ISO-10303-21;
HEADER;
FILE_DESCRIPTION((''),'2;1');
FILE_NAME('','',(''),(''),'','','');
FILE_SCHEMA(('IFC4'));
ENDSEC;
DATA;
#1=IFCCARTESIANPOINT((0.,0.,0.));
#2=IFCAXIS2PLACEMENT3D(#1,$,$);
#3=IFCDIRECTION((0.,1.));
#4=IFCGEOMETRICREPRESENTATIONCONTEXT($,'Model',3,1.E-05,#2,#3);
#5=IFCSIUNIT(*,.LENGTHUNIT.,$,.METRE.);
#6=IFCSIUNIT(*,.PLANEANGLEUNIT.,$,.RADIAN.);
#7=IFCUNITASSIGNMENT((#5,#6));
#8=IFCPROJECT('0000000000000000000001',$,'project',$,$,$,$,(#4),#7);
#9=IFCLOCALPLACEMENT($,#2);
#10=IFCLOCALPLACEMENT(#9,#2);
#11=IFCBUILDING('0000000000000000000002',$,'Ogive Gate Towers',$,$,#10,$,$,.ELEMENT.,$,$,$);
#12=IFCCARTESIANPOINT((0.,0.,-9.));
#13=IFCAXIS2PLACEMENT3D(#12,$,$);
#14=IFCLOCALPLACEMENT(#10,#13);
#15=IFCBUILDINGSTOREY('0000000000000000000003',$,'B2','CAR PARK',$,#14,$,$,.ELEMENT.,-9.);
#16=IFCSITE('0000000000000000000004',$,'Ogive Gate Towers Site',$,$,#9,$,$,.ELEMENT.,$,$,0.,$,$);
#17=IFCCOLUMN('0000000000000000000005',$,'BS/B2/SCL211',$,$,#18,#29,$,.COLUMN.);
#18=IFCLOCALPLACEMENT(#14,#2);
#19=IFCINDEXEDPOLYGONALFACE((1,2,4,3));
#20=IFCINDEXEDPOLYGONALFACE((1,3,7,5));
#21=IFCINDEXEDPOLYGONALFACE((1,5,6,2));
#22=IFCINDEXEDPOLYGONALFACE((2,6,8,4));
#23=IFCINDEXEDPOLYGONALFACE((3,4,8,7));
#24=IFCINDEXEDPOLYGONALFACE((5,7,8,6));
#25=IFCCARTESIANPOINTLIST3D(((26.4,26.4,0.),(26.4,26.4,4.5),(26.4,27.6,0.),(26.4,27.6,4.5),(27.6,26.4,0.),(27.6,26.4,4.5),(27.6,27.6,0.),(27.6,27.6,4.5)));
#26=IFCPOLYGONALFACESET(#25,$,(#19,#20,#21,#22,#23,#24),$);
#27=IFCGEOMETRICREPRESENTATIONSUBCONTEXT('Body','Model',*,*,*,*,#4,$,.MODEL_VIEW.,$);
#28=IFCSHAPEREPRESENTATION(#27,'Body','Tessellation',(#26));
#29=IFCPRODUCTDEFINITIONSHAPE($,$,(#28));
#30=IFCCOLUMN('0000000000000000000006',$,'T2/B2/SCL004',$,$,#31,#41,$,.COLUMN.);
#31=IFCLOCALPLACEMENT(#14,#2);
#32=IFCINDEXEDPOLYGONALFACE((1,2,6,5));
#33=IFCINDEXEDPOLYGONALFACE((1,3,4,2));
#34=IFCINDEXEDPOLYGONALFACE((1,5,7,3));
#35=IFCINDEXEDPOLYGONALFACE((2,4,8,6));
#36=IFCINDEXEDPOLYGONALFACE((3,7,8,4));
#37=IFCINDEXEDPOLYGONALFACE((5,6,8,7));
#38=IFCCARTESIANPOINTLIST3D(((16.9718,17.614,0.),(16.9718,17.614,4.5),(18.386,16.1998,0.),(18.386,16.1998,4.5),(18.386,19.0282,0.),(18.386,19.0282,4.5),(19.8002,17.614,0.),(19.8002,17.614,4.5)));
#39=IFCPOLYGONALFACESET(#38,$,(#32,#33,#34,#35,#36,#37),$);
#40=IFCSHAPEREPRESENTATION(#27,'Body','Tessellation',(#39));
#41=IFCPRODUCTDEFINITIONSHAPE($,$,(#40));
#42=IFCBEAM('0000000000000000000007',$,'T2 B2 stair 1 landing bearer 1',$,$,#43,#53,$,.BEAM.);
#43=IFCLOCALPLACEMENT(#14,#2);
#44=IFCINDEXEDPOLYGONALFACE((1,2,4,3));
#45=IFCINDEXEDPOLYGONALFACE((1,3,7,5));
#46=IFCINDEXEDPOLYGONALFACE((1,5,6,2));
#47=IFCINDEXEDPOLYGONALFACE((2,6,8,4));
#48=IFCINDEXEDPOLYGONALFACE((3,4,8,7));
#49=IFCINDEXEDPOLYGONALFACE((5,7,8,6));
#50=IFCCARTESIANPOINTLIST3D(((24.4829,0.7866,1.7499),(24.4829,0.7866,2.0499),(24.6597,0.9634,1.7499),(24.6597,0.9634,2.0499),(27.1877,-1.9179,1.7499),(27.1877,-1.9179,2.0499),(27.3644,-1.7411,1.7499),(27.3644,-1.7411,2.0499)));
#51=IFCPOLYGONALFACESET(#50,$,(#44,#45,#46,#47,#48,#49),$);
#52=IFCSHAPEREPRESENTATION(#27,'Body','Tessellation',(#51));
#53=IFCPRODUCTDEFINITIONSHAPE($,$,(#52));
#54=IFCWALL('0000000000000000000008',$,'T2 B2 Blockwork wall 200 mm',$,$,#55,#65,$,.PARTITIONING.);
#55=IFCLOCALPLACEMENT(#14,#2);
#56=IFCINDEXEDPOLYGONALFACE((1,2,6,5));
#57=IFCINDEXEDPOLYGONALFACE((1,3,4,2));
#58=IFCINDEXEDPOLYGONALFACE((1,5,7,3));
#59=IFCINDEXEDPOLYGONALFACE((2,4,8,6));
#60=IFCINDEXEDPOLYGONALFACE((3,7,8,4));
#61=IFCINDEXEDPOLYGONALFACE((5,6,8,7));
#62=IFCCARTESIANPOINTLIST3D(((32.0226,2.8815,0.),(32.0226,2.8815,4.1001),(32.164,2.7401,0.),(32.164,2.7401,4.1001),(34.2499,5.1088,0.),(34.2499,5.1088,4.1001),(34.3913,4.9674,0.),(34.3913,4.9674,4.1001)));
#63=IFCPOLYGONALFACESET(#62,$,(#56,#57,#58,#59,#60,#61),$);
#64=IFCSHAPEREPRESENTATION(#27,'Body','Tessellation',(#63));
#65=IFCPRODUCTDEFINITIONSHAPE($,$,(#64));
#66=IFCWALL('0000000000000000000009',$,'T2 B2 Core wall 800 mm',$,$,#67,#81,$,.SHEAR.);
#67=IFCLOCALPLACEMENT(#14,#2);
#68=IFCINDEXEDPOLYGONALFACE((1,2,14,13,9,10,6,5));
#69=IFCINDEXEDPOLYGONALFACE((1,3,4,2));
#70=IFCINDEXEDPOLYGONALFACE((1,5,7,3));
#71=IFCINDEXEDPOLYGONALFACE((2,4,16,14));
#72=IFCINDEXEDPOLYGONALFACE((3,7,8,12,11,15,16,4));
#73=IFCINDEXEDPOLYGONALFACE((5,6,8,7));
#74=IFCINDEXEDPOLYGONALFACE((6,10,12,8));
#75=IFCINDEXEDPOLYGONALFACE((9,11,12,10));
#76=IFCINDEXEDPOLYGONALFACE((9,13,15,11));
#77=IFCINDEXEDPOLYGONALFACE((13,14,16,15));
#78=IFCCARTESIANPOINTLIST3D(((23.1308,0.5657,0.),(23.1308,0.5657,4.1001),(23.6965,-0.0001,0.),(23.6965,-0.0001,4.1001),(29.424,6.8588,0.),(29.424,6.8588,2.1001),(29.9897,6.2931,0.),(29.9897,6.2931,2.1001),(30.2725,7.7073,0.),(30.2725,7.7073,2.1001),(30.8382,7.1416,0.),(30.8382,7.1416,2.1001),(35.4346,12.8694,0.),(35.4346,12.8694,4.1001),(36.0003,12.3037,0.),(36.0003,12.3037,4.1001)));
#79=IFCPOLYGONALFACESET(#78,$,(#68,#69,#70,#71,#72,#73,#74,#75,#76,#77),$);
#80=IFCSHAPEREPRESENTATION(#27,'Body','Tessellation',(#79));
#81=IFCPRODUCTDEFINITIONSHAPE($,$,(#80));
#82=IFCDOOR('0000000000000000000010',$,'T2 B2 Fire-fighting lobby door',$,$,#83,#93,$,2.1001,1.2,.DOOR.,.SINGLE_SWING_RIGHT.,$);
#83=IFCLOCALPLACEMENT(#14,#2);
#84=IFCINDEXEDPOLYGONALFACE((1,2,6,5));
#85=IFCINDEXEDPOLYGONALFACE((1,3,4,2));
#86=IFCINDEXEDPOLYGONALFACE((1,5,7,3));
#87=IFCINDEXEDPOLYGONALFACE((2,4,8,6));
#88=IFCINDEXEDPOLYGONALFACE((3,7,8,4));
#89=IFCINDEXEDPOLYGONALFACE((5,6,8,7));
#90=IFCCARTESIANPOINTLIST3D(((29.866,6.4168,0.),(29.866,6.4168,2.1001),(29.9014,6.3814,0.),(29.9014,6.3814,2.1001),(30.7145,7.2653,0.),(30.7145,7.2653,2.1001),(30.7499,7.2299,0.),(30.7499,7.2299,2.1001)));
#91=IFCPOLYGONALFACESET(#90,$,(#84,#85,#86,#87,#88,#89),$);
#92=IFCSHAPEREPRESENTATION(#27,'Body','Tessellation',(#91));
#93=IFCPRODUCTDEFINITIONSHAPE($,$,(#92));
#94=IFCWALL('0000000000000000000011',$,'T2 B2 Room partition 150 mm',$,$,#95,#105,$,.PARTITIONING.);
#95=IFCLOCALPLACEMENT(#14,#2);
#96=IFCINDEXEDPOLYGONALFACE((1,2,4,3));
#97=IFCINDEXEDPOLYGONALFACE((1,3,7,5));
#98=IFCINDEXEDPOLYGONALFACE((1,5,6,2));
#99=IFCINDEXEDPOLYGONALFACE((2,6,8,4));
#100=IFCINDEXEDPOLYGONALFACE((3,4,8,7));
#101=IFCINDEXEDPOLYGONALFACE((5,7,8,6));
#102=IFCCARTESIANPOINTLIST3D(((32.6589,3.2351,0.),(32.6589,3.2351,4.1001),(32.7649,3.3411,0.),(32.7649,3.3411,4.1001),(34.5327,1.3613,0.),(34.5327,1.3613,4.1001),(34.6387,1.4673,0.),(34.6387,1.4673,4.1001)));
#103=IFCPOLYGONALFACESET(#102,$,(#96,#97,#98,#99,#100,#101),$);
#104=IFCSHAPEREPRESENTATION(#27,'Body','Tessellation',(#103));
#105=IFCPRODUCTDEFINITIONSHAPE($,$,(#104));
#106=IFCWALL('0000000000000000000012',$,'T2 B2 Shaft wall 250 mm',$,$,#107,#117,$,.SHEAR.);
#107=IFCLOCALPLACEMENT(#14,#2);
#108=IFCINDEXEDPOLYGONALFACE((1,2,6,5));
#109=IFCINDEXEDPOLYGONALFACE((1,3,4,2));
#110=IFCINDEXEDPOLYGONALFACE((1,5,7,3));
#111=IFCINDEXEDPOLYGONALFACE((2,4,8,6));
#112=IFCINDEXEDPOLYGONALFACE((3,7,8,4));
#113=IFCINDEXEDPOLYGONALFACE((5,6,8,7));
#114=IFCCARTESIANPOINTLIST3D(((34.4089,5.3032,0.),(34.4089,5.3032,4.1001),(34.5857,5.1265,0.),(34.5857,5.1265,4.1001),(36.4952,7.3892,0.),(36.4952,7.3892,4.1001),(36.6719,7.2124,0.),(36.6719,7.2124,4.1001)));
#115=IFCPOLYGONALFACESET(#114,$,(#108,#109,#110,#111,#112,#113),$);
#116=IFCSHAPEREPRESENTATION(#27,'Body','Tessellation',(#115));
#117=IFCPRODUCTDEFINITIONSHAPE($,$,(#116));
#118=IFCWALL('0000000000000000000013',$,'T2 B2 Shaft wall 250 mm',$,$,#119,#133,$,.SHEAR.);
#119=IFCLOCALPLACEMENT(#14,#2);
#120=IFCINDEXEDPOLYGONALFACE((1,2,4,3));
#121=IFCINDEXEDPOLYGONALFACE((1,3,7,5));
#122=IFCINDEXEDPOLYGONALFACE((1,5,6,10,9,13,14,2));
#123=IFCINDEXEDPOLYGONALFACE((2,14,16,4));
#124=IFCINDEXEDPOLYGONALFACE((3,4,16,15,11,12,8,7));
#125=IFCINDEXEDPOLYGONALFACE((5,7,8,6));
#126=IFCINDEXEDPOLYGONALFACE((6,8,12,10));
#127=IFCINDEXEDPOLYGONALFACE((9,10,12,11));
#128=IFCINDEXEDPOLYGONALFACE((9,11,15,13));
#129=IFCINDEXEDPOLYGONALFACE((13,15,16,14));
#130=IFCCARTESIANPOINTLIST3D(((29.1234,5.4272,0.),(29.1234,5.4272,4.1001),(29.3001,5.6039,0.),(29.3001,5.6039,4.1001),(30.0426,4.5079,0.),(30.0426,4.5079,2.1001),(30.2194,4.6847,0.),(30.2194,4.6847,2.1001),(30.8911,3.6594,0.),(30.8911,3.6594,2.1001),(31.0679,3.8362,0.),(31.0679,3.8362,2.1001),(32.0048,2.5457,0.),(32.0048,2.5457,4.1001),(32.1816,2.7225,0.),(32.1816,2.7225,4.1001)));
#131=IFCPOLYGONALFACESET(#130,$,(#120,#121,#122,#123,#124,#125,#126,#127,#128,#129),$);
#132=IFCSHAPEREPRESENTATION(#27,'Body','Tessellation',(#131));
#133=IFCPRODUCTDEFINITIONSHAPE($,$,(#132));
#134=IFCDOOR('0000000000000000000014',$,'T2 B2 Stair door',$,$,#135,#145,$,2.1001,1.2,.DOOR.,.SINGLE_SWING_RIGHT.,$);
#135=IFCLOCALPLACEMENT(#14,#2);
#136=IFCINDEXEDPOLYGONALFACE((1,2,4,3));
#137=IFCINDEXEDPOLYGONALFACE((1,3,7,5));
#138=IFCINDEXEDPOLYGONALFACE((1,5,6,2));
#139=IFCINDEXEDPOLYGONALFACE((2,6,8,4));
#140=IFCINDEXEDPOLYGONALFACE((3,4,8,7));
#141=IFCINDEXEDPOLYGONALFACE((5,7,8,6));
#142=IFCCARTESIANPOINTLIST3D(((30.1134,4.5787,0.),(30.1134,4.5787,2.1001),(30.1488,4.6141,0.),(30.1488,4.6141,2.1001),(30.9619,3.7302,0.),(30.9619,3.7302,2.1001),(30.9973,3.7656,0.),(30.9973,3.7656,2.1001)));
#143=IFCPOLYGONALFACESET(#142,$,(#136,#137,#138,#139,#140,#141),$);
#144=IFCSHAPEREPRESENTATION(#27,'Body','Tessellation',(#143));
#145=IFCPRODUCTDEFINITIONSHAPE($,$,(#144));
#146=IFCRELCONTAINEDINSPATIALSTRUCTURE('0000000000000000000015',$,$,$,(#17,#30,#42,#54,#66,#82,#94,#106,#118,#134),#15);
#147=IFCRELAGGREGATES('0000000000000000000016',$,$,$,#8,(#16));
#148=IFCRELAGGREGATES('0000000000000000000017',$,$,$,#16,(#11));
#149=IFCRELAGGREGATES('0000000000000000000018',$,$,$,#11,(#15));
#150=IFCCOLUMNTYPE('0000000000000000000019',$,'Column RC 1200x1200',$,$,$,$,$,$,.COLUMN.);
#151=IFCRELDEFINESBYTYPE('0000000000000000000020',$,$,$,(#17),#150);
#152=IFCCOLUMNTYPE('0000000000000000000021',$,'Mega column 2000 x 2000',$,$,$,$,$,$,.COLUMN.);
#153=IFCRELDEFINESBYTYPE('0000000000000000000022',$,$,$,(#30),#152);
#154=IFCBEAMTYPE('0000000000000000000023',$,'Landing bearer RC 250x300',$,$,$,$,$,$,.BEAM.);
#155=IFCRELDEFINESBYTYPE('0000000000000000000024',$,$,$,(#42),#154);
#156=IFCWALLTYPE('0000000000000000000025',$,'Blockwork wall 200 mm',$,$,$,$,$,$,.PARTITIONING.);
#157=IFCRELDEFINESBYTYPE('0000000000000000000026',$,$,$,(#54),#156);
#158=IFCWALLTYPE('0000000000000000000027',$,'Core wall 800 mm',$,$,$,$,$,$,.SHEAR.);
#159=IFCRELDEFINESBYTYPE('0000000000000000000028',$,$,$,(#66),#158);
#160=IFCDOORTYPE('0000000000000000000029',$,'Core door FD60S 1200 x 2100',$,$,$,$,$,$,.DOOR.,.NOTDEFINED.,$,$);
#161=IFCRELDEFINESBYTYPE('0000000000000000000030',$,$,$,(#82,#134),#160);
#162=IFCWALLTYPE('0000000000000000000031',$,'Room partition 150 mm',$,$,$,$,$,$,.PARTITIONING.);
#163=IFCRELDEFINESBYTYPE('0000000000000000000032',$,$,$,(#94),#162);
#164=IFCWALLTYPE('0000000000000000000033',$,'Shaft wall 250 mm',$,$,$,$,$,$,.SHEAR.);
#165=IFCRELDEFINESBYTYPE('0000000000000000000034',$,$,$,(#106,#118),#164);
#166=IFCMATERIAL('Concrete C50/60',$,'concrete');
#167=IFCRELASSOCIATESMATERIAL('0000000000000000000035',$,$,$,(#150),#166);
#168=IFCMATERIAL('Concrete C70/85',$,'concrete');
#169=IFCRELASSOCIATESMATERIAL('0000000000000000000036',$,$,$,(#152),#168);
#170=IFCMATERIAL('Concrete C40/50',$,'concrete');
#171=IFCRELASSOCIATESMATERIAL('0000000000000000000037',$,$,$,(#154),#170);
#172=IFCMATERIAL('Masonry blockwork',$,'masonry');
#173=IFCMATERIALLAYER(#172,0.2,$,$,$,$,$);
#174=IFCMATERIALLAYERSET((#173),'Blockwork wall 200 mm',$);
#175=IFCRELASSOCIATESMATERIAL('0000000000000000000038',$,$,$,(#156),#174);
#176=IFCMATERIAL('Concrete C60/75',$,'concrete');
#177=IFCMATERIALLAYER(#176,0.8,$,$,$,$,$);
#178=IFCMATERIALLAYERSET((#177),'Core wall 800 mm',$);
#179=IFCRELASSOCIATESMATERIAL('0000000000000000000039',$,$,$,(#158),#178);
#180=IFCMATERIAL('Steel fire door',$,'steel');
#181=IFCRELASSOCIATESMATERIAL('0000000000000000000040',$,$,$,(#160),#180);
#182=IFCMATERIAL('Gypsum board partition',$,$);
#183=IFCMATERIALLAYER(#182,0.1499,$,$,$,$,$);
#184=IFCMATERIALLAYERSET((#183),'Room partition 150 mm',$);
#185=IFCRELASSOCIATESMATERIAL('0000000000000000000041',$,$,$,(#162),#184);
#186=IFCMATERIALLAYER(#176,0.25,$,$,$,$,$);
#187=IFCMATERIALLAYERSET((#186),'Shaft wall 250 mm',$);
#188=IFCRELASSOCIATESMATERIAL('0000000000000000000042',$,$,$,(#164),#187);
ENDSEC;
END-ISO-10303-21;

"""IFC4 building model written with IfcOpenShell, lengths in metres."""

from ifc_helpers import new_model, si_unit, direction, frame, frame_2d, origin, origin_2d, place, context, subcontext, project, spatial, rectangle, extrude, material, layer, layer_set, material_profile, profile_set, type_object, element, fill, save


model = new_model("IFC4")

# Units and contexts
model_context = context("Model", 3, precision=1e-05, world=origin(), true_north=direction((0.0, 1.0)))
body_context = subcontext(model_context, "Body", "Model", "MODEL_VIEW")
ifc_project = project(units=[si_unit("LENGTHUNIT", "METRE"), si_unit("PLANEANGLEUNIT", "RADIAN")], contexts=[model_context])

# Site, building, storey
site_placement = place(None, origin())
site = spatial("IfcSite", under=ifc_project, at=site_placement, Name="Ogive Gate Towers Site", CompositionType="ELEMENT", RefElevation=0.0)
building_placement = place(site_placement, origin())
building = spatial("IfcBuilding", under=site, at=building_placement, Name="Ogive Gate Towers", CompositionType="ELEMENT")
storey_placement = place(building_placement, frame((0.0, 0.0, -9.0)))
storey = spatial("IfcBuildingStorey", under=building, at=storey_placement, Name="B2", Description="CAR PARK", CompositionType="ELEMENT", Elevation=-9.0)

# Shared definitions
ifc_material_1 = material(Name="Concrete C40/50", Category="concrete")

# Columns
ifc_material_2 = material(Name="Concrete C50/60", Category="concrete")
ifc_material_profile_1 = material_profile(ifc_material_2, rectangle(XDim=1.2, YDim=1.2, at=origin_2d()), Name="RC 1200x1200")
ifc_profile_set_1 = profile_set([ifc_material_profile_1], Name="Concrete C50/60")
column_type_1 = type_object("IfcColumnType", Name="Column RC 1200x1200", PredefinedType="COLUMN", material=ifc_profile_set_1)
for number, where, z_axis, x_axis, name in (
    (1, (27.0, 27.0, 0.0), (0.0, 0.0, 1.0), (1.0, 0.0, 0.0), "BS/B2/SCL211"),
):
    element("IfcColumn", number, at=place(storey_placement, frame(where, z_axis=z_axis, x_axis=x_axis)), inside=storey, type_object=column_type_1, Name=name, PredefinedType="COLUMN", context=body_context, shape_type="SweptSolid", body=[
        extrude(rectangle(XDim=1.2, YDim=1.2, at=origin_2d()), origin(), (0.0, 0.0, 1.0), 4.5),
    ])
ifc_material_3 = material(Name="Concrete C70/85", Category="concrete")
ifc_material_profile_2 = material_profile(ifc_material_3, rectangle(XDim=2.0, YDim=2.0, at=origin_2d()), Name="RC 2000x2000")
ifc_profile_set_2 = profile_set([ifc_material_profile_2], Name="Concrete C70/85")
column_type_2 = type_object("IfcColumnType", Name="Mega column 2000 x 2000", PredefinedType="COLUMN", material=ifc_profile_set_2)
column_placement = place(storey_placement, frame((18.386, 17.614, 0.0), z_axis=(0.0, 0.0, 1.0), x_axis=(-0.707107, 0.707107, 0.0)))
element("IfcColumn", 2, at=column_placement, inside=storey, type_object=column_type_2, Name="T2/B2/SCL004", PredefinedType="COLUMN", context=body_context, shape_type="SweptSolid", body=[
    extrude(rectangle(XDim=2.0, YDim=2.0, at=origin_2d()), origin(), (0.0, 0.0, 1.0), 4.5),
])

# Beam
ifc_material_profile_3 = material_profile(ifc_material_1, rectangle(XDim=0.25, YDim=0.3, at=origin_2d()), Name="RC 250x300")
ifc_profile_set_3 = profile_set([ifc_material_profile_3], Name="Concrete C40/50")
beam_type = type_object("IfcBeamType", Name="Landing bearer RC 250x300", PredefinedType="BEAM", material=ifc_profile_set_3)
beam_placement = place(storey_placement, frame((24.5713, 0.875, 1.8999), z_axis=(0.707139, -0.707075, 0.0), x_axis=(0.707075, 0.707139, 0.0)))
element("IfcBeam", 3, at=beam_placement, inside=storey, type_object=beam_type, Name="T2 B2 stair 1 landing bearer 1", PredefinedType="BEAM", context=body_context, shape_type="SweptSolid", body=[
    extrude(rectangle(XDim=0.25, YDim=0.3, at=origin_2d()), origin(), (0.0, 0.0, 1.0), 3.825),
])

# Wall
ifc_material_4 = material(Name="Masonry blockwork", Category="masonry")
ifc_layer_1 = layer(ifc_material_4, 0.2)
ifc_layer_set_1 = layer_set([ifc_layer_1], Name="Blockwork wall 200 mm")
wall_type_1 = type_object("IfcWallType", Name="Blockwork wall 200 mm", PredefinedType="PARTITIONING", material=ifc_layer_set_1)
wall_1_placement = place(storey_placement, frame((32.0933, 2.8108, 0.0), z_axis=(0.0, 0.0, 1.0), x_axis=(0.707107, 0.707107, 0.0)))
element("IfcWall", 4, at=wall_1_placement, inside=storey, type_object=wall_type_1, Name="T2 B2 Blockwork wall 200 mm", PredefinedType="PARTITIONING", context=body_context, shape_type="SweptSolid", body=[
    extrude(rectangle(XDim=3.1499, YDim=0.2, at=frame_2d((1.575, 0.0))), origin(), (0.0, 0.0, 1.0), 4.1001),
])

# Wall, opening, door
ifc_material_5 = material(Name="Concrete C60/75", Category="concrete")
ifc_layer_2 = layer(ifc_material_5, 0.8)
ifc_layer_set_2 = layer_set([ifc_layer_2], Name="Core wall 800 mm")
wall_type_2 = type_object("IfcWallType", Name="Core wall 800 mm", PredefinedType="SHEAR", material=ifc_layer_set_2)
wall_2_placement = place(storey_placement, frame((23.4136, 0.2827, 0.0), z_axis=(0.0, 0.0, 1.0), x_axis=(0.707107, 0.707107, 0.0)))
wall_2 = element("IfcWall", 5, at=wall_2_placement, inside=storey, type_object=wall_type_2, Name="T2 B2 Core wall 800 mm", PredefinedType="SHEAR", context=body_context, shape_type="SweptSolid", body=[
    extrude(rectangle(XDim=17.4001, YDim=0.8, at=frame_2d((8.7002, 0.0))), origin(), (0.0, 0.0, 1.0), 4.1001),
])
opening_1_placement = place(wall_2_placement, frame((8.8999, 0.0, 0.0)))
opening_1 = element("IfcOpeningElement", 6, at=opening_1_placement, cuts=wall_2, PredefinedType="OPENING", context=body_context, shape_type="SweptSolid", body=[
    extrude(rectangle(XDim=1.2, YDim=2.1001, at=frame_2d((0.6001, 1.05))), frame((0.0, 0.4102, 0.0), z_axis=(0.0, -1.0, 0.0), x_axis=(1.0, 0.0, 0.0)), (0.0, 0.0, 1.0), 0.8201),
])
ifc_material_6 = material(Name="Steel fire door", Category="steel")
door_type_1 = type_object("IfcDoorType", Name="Core door FD60S 1200 x 2100", OperationType="NOTDEFINED", PredefinedType="DOOR", material=ifc_material_6)
door_1_placement = place(opening_1_placement, origin())
door_1 = element("IfcDoor", 7, at=door_1_placement, inside=storey, type_object=door_type_1, Name="T2 B2 Fire-fighting lobby door", OperationType="SINGLE_SWING_RIGHT", OverallHeight=2.1001, OverallWidth=1.2, PredefinedType="DOOR", context=body_context, shape_type="SweptSolid", body=[
    extrude(rectangle(XDim=1.2, YDim=2.1001, at=frame_2d((0.6001, 1.05))), frame((0.0, -0.2251, 0.0), z_axis=(0.0, -1.0, 0.0), x_axis=(1.0, 0.0, 0.0)), (0.0, 0.0, 1.0), 0.05),
])
fill(opening_1, door_1)

# Walls
ifc_material_7 = material(Name="Gypsum board partition")
ifc_layer_3 = layer(ifc_material_7, 0.1499)
ifc_layer_set_3 = layer_set([ifc_layer_3], Name="Room partition 150 mm")
wall_type_3 = type_object("IfcWallType", Name="Room partition 150 mm", PredefinedType="PARTITIONING", material=ifc_layer_set_3)
wall_3_placement = place(storey_placement, frame((34.5857, 1.4143, 0.0), z_axis=(0.0, 0.0, 1.0), x_axis=(-0.707107, 0.707107, 0.0)))
element("IfcWall", 8, at=wall_3_placement, inside=storey, type_object=wall_type_3, Name="T2 B2 Room partition 150 mm", PredefinedType="PARTITIONING", context=body_context, shape_type="SweptSolid", body=[
    extrude(rectangle(XDim=2.6499, YDim=0.1499, at=frame_2d((1.325, 0.0))), origin(), (0.0, 0.0, 1.0), 4.1001),
])
ifc_layer_4 = layer(ifc_material_5, 0.25)
ifc_layer_set_4 = layer_set([ifc_layer_4], Name="Shaft wall 250 mm")
wall_type_4 = type_object("IfcWallType", Name="Shaft wall 250 mm", PredefinedType="SHEAR", material=ifc_layer_set_4)
wall_4_placement = place(storey_placement, frame((34.4973, 5.2148, 0.0), z_axis=(0.0, 0.0, 1.0), x_axis=(0.707148, 0.707065, 0.0)))
element("IfcWall", 9, at=wall_4_placement, inside=storey, type_object=wall_type_4, Name="T2 B2 Shaft wall 250 mm", PredefinedType="SHEAR", context=body_context, shape_type="SweptSolid", body=[
    extrude(rectangle(XDim=2.9502, YDim=0.25, at=frame_2d((1.4751, 0.0))), origin(), (0.0, 0.0, 1.0), 4.1001),
])

# Wall, opening, door
wall_5_placement = place(storey_placement, frame((32.0933, 2.634, 0.0), z_axis=(0.0, 0.0, 1.0), x_axis=(-0.707107, 0.707107, 0.0)))
wall_5 = element("IfcWall", 10, at=wall_5_placement, inside=storey, type_object=wall_type_4, Name="T2 B2 Shaft wall 250 mm", PredefinedType="SHEAR", context=body_context, shape_type="SweptSolid", body=[
    extrude(rectangle(XDim=4.075, YDim=0.25, at=frame_2d((2.0376, 0.0))), origin(), (0.0, 0.0, 1.0), 4.1001),
])
opening_2_placement = place(wall_5_placement, frame((1.575, 0.0, 0.0)))
opening_2 = element("IfcOpeningElement", 11, at=opening_2_placement, cuts=wall_5, PredefinedType="OPENING", context=body_context, shape_type="SweptSolid", body=[
    extrude(rectangle(XDim=1.2, YDim=2.1001, at=frame_2d((0.6001, 1.05))), frame((0.0, 0.135, 0.0), z_axis=(0.0, -1.0, 0.0), x_axis=(1.0, 0.0, 0.0)), (0.0, 0.0, 1.0), 0.27),
])
door_2_placement = place(opening_2_placement, origin())
door_2 = element("IfcDoor", 12, at=door_2_placement, inside=storey, type_object=door_type_1, Name="T2 B2 Stair door", OperationType="SINGLE_SWING_RIGHT", OverallHeight=2.1001, OverallWidth=1.2, PredefinedType="DOOR", context=body_context, shape_type="SweptSolid", body=[
    extrude(rectangle(XDim=1.2, YDim=2.1001, at=frame_2d((0.6001, 1.05))), frame((0.0, 0.0249, 0.0), z_axis=(0.0, -1.0, 0.0), x_axis=(1.0, 0.0, 0.0)), (0.0, 0.0, 1.0), 0.05),
])
fill(opening_2, door_2)

save(model, "model.ifc")
